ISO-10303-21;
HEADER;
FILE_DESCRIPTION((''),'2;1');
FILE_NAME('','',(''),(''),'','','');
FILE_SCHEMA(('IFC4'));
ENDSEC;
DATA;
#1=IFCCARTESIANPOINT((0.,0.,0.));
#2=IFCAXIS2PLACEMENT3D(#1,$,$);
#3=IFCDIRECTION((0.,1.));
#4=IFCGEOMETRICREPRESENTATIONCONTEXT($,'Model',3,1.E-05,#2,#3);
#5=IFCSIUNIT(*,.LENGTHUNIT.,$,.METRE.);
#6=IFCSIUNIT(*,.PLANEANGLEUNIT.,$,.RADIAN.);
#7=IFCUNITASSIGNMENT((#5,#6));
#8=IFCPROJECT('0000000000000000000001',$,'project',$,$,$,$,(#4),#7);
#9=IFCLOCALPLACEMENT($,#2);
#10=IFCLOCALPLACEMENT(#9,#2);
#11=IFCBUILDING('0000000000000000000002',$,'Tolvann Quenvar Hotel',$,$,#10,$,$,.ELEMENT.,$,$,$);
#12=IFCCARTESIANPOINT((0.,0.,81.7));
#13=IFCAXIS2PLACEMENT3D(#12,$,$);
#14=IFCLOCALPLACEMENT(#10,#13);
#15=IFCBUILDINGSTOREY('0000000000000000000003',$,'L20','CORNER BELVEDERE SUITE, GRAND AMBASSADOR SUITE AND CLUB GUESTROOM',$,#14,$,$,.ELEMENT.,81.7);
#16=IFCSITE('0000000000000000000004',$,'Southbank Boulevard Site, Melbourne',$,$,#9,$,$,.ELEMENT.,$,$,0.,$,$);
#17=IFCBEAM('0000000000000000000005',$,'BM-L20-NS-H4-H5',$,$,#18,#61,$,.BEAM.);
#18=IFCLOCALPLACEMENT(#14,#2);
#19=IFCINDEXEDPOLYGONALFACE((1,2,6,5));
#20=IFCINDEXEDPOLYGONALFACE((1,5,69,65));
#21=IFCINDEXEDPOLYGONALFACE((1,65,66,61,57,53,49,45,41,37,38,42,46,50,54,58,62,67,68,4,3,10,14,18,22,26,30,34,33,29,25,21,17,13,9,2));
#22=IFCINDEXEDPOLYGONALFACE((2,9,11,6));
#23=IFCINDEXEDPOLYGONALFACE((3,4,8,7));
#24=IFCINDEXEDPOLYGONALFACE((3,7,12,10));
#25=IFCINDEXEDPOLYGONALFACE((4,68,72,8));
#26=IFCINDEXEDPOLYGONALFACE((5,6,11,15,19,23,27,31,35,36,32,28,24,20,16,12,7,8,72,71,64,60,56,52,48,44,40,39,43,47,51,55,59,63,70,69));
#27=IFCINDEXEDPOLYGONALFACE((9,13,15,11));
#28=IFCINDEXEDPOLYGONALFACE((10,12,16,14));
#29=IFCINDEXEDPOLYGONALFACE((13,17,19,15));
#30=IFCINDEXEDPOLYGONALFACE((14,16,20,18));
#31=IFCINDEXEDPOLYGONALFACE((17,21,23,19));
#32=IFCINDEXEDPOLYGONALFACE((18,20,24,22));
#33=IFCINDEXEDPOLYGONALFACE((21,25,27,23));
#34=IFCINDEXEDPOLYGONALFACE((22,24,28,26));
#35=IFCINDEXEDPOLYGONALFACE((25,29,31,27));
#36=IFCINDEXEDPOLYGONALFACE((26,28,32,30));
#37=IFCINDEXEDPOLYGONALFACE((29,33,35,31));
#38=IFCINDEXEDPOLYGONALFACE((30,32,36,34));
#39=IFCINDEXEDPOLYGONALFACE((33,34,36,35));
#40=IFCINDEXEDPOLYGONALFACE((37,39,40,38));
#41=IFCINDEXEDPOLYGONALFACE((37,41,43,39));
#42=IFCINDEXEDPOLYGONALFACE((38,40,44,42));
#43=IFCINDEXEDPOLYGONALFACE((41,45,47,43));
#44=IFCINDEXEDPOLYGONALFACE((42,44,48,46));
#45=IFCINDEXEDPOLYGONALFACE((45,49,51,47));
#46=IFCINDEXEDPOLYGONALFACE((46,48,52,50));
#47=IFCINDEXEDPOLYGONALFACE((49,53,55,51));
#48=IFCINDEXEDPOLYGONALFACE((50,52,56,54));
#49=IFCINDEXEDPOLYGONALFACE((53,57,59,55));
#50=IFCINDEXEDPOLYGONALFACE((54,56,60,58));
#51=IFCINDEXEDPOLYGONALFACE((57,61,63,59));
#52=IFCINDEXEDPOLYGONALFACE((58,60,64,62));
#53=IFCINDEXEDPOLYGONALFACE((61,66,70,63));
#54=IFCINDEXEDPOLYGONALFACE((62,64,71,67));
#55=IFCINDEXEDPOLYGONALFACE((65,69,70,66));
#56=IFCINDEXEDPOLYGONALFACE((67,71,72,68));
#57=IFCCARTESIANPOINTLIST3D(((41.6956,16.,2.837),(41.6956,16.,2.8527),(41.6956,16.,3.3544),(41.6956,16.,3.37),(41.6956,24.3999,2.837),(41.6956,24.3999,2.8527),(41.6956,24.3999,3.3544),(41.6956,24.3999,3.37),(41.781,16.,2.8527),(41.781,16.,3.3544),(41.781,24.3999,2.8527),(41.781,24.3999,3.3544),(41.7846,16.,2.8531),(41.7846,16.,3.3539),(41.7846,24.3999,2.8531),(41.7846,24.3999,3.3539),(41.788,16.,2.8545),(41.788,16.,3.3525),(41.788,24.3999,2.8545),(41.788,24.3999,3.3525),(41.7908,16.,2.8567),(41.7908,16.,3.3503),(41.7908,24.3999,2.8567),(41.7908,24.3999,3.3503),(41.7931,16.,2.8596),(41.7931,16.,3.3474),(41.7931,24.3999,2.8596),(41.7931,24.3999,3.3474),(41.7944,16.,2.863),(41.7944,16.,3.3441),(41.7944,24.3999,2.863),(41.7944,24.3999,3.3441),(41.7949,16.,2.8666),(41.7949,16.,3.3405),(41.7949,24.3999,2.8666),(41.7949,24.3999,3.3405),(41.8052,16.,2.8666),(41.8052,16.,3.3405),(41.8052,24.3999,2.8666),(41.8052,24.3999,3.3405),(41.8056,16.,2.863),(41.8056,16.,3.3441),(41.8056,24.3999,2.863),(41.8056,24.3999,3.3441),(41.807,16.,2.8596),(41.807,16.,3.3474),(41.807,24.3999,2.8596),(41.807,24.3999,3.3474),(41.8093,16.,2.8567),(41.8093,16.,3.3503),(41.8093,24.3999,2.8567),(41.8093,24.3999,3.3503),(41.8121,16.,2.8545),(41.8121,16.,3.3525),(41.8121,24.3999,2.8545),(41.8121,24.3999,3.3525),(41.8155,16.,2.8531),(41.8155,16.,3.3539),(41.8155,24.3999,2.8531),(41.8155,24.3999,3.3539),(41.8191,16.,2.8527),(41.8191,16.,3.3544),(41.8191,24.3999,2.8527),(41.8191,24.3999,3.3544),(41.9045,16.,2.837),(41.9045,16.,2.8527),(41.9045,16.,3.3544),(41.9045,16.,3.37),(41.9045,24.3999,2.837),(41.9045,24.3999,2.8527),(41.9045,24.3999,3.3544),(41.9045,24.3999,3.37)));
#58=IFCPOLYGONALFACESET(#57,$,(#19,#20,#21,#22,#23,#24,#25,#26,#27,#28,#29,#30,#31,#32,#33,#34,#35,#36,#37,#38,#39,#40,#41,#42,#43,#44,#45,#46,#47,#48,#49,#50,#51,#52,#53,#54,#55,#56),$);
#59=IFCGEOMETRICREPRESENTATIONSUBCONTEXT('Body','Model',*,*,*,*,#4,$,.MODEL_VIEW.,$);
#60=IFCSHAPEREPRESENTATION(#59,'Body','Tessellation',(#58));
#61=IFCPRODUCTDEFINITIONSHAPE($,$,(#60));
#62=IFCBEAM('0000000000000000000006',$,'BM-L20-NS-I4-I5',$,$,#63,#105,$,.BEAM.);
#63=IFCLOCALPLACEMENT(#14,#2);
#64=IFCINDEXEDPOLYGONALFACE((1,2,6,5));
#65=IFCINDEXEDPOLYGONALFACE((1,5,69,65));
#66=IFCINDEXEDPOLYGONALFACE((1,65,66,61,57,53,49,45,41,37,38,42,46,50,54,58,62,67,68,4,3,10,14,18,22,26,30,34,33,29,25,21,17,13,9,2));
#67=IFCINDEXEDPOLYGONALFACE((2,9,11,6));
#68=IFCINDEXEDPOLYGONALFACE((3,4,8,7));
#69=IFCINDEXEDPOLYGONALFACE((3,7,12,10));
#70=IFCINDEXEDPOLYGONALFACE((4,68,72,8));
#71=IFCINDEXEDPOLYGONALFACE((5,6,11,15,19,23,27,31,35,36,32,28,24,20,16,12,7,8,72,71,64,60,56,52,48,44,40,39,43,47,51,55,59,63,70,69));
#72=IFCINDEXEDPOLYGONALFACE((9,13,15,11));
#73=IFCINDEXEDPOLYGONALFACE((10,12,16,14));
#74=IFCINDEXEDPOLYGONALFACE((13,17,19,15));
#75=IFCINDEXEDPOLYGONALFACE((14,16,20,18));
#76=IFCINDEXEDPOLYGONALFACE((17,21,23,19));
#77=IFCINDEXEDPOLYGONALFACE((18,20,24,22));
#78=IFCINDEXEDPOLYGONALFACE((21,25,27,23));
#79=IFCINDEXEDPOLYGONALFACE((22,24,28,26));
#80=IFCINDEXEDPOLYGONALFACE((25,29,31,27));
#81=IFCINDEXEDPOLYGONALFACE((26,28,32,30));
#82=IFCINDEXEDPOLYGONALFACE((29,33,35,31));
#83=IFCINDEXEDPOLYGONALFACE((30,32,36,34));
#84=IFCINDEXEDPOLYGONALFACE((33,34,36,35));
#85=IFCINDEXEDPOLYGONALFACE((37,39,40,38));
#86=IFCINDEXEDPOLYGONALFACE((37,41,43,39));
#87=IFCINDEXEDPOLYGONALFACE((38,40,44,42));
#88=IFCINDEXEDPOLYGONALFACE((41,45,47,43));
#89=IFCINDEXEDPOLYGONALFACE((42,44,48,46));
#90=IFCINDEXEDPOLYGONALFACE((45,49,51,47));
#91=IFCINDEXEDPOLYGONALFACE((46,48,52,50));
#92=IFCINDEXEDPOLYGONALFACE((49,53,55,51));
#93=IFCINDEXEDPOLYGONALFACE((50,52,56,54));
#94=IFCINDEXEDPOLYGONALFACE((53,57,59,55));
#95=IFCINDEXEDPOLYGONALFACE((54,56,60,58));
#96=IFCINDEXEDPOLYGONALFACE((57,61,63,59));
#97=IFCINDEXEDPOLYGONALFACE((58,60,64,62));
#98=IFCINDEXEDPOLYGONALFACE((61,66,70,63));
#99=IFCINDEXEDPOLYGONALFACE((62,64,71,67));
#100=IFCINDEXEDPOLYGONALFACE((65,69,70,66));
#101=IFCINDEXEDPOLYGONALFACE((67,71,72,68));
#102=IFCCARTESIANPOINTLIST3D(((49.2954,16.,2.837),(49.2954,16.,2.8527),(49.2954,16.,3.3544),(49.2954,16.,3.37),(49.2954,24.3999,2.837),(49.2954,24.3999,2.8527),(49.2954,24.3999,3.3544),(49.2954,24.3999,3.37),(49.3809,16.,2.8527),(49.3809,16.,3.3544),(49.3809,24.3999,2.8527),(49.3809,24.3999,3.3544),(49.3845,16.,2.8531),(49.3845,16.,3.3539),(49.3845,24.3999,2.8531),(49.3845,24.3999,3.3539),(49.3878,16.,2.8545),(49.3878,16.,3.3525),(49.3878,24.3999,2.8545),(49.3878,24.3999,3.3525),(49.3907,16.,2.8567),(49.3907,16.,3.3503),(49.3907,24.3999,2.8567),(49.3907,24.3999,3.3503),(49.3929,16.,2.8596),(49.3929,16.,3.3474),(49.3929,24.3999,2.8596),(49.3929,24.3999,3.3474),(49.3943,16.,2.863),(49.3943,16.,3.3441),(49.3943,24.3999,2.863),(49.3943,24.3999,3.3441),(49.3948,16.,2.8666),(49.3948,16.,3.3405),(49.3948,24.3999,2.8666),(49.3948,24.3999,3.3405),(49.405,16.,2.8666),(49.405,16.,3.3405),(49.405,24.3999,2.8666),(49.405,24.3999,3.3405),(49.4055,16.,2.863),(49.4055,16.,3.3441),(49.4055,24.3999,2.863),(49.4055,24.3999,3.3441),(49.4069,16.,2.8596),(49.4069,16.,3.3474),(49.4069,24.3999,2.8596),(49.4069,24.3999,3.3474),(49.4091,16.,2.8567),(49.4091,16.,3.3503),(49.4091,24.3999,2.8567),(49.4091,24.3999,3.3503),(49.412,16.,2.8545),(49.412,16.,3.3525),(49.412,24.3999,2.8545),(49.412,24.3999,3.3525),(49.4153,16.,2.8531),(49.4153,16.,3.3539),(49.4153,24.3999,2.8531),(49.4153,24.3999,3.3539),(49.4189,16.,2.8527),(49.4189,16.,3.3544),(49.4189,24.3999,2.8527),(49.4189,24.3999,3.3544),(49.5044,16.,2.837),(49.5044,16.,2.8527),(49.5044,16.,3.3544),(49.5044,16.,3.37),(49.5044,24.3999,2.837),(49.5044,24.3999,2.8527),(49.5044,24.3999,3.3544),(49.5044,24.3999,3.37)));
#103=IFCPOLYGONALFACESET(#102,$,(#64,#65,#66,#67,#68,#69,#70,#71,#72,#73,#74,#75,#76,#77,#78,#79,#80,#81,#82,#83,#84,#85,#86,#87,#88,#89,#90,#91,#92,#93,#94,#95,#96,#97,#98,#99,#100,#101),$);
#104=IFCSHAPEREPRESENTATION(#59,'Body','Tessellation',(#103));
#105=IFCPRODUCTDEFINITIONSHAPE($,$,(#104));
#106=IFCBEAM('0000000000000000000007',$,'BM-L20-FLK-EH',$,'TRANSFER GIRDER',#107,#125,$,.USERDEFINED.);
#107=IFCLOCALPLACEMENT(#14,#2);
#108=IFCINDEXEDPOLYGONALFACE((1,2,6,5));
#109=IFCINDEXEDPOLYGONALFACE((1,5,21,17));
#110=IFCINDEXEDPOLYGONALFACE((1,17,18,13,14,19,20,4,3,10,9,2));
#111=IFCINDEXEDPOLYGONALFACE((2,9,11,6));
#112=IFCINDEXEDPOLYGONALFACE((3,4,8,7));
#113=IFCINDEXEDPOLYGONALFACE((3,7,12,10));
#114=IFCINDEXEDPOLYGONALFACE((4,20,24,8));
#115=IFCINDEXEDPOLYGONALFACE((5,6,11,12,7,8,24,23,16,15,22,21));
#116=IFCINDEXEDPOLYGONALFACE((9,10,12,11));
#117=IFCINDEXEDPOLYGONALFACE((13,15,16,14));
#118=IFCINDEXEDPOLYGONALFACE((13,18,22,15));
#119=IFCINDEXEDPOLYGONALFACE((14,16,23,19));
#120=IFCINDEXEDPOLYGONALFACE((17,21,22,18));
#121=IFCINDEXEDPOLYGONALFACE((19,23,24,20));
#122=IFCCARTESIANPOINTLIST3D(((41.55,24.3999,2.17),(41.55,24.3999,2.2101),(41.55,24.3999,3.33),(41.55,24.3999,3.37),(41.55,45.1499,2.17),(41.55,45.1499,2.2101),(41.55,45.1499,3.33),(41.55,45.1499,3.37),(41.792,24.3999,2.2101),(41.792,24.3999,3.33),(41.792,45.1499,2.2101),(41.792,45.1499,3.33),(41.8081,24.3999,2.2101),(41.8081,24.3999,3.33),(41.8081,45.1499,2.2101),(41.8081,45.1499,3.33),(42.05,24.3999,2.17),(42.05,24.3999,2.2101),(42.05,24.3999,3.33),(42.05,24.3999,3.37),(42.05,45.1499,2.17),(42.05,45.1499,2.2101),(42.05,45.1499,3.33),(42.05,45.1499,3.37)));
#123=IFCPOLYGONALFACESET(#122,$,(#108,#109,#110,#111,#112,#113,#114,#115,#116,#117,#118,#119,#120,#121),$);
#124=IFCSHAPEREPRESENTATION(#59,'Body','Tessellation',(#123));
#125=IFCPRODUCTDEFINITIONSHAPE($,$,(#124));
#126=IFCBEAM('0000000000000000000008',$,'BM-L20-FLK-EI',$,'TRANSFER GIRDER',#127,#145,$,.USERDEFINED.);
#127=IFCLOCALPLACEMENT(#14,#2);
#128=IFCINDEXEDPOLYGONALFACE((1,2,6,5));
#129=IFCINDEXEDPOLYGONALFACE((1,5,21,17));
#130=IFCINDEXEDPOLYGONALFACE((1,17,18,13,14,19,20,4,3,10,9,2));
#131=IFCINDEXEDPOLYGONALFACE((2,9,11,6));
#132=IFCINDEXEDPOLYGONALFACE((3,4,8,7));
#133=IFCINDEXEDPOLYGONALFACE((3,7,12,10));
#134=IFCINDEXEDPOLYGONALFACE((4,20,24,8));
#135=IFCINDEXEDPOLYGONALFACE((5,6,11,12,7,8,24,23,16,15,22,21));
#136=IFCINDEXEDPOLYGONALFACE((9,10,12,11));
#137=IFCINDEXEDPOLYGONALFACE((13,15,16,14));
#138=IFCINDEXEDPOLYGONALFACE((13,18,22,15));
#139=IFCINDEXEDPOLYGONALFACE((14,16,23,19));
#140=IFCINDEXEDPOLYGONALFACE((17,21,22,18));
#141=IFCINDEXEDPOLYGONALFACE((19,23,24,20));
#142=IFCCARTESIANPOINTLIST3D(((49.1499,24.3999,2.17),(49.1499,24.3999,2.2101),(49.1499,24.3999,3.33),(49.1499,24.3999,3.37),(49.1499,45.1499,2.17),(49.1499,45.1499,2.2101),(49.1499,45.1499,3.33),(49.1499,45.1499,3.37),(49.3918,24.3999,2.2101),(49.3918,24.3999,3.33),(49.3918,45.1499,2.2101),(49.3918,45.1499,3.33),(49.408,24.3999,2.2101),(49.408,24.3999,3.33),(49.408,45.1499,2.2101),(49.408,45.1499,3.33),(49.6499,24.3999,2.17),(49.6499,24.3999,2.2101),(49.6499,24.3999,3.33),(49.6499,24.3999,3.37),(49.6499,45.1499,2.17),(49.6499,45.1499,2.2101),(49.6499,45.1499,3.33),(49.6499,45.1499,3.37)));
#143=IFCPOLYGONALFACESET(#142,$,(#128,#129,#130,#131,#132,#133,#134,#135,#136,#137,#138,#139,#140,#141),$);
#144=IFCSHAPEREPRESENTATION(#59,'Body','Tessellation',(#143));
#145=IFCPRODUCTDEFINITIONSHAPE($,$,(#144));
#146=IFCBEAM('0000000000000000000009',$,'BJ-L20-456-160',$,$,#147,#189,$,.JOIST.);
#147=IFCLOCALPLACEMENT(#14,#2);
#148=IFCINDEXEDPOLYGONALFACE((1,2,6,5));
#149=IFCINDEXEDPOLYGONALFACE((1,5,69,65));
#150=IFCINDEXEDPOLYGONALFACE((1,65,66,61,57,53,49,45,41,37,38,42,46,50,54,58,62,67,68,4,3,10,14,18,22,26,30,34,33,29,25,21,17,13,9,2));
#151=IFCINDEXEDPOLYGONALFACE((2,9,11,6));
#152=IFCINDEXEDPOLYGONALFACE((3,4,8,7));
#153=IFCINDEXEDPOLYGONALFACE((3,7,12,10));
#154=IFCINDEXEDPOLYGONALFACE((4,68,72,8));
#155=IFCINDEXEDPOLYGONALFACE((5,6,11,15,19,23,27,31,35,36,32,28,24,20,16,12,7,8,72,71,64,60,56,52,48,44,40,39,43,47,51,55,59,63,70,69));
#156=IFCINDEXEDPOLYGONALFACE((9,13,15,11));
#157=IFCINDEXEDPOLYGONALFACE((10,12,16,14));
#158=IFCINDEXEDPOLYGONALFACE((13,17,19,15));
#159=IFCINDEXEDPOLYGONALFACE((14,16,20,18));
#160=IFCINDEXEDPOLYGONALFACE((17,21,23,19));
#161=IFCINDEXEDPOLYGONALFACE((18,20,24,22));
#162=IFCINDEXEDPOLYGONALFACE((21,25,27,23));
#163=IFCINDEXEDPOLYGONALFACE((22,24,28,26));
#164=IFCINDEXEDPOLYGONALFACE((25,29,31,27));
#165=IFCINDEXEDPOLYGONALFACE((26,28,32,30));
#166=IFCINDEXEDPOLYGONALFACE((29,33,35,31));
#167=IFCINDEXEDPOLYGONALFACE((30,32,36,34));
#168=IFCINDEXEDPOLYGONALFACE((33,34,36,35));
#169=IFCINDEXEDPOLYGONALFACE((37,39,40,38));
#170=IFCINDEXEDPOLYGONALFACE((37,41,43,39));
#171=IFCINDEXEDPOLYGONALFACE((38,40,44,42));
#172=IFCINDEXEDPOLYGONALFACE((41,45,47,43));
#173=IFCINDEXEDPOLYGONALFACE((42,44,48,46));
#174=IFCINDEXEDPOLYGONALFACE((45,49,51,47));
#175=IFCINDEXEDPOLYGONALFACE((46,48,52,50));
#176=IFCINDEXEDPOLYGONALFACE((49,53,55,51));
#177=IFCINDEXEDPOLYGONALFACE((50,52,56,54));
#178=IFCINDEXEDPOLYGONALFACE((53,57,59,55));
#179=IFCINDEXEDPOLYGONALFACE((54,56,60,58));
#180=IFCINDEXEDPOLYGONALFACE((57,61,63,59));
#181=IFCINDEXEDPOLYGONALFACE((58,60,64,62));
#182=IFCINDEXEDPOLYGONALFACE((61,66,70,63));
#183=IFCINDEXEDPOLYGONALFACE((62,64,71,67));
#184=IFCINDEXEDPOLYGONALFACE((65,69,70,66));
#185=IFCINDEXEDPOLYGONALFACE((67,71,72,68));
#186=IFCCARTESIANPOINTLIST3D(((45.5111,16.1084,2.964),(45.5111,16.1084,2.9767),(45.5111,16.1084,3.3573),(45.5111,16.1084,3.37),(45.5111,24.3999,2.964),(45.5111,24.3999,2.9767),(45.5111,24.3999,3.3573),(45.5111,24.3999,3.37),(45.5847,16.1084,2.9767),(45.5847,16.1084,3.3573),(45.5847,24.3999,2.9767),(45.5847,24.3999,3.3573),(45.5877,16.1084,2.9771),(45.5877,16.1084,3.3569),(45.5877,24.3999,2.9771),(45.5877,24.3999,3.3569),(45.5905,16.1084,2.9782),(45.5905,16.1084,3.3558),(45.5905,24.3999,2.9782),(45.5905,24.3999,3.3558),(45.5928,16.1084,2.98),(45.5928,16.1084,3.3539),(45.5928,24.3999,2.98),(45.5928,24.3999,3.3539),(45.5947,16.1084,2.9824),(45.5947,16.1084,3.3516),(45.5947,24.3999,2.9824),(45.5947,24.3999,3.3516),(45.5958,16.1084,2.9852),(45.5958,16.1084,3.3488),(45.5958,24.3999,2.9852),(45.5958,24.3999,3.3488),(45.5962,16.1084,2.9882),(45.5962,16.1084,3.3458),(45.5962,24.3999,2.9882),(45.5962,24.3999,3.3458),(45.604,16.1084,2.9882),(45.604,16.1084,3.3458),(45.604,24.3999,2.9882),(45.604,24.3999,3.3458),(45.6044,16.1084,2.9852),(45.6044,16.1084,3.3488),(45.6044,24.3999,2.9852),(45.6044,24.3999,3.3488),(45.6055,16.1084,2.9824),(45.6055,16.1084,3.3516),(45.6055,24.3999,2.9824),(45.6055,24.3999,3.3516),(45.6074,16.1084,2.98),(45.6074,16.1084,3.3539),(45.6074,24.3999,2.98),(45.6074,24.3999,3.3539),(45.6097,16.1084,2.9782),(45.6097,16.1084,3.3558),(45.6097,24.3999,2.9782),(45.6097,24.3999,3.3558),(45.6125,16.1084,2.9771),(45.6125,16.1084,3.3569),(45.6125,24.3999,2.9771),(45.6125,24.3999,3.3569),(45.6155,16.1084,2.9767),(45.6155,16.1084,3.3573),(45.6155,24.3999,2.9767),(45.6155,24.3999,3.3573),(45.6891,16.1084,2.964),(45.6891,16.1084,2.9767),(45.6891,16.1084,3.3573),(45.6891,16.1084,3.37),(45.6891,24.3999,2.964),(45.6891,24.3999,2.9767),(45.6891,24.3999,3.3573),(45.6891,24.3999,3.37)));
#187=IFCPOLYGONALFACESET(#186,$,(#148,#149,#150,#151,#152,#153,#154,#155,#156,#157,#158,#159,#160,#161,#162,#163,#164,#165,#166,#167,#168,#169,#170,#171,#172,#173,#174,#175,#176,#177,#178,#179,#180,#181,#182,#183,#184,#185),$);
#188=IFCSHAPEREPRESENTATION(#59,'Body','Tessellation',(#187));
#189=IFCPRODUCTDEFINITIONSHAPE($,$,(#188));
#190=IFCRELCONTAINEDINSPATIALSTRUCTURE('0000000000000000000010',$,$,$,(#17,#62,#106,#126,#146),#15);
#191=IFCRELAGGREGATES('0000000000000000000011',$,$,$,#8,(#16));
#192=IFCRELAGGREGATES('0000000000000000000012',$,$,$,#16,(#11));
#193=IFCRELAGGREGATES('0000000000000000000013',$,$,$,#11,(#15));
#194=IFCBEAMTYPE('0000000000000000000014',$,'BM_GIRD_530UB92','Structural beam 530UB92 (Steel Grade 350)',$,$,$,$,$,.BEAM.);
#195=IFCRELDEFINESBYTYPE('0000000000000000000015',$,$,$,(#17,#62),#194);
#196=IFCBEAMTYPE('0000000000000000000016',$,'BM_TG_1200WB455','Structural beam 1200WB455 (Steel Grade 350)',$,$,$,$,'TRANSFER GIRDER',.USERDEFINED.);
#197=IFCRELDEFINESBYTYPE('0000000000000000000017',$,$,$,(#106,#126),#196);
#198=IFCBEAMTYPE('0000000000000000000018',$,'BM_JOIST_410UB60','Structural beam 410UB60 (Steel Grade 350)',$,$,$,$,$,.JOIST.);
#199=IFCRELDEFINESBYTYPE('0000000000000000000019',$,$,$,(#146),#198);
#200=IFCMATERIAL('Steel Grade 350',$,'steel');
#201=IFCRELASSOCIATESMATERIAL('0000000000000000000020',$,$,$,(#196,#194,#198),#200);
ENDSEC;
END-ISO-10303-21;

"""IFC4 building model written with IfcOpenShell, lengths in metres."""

from ifc_helpers import new_model, si_unit, direction, frame, origin, origin_2d, place, context, subcontext, project, spatial, i_section, extrude, source, transform, mapped, material, material_profile, profile_set, type_object, type_shapes, element, save


model = new_model("IFC4")

# Units and contexts
model_context = context("Model", 3, precision=1e-05, world=origin(), true_north=direction((0.0, 1.0)))
body_context = subcontext(model_context, "Body", "Model", "MODEL_VIEW")
ifc_project = project(units=[si_unit("LENGTHUNIT", "METRE"), si_unit("PLANEANGLEUNIT", "RADIAN")], contexts=[model_context])

# Site, building, storey
site_placement = place(None, origin())
site = spatial("IfcSite", under=ifc_project, at=site_placement, Name="Southbank Boulevard Site, Melbourne", CompositionType="ELEMENT", RefElevation=0.0)
building_placement = place(site_placement, origin())
building = spatial("IfcBuilding", under=site, at=building_placement, Name="Tolvann Quenvar Hotel", CompositionType="ELEMENT")
storey_placement = place(building_placement, frame((0.0, 0.0, 81.7)))
storey = spatial("IfcBuildingStorey", under=building, at=storey_placement, Name="L20", Description="CORNER BELVEDERE SUITE, GRAND AMBASSADOR SUITE AND CLUB GUESTROOM", CompositionType="ELEMENT", Elevation=81.7)

# Shared definitions
ifc_material_1 = material(Name="Steel Grade 350", Category="steel")

# Beams
ifc_material_profile_1 = material_profile(ifc_material_1, i_section(OverallWidth=0.5, OverallDepth=1.2, WebThickness=0.0161, FlangeThickness=0.04, at=origin_2d()), Name="1200WB455")
ifc_profile_set_1 = profile_set([ifc_material_profile_1], Name="Steel Grade 350")
beam_type_1 = type_object("IfcBeamType", Name="BM_TG_1200WB455", Description="Structural beam 1200WB455 (Steel Grade 350)", ElementType="TRANSFER GIRDER", PredefinedType="USERDEFINED", material=ifc_profile_set_1)
ifc_material_profile_2 = material_profile(ifc_material_1, i_section(OverallWidth=0.209, OverallDepth=0.533, WebThickness=0.0103, FlangeThickness=0.0156, FilletRadius=0.0139, at=origin_2d()), Name="530UB92")
ifc_profile_set_2 = profile_set([ifc_material_profile_2], Name="Steel Grade 350")
beam_type_2 = type_object("IfcBeamType", Name="BM_GIRD_530UB92", Description="Structural beam 530UB92 (Steel Grade 350)", PredefinedType="BEAM", material=ifc_profile_set_2)
shared_shape_1 = source(origin(), body_context, "Body", "SweptSolid", [
    extrude(i_section(OverallWidth=0.209, OverallDepth=0.533, WebThickness=0.0103, FlangeThickness=0.0156, FilletRadius=0.0139, at=origin_2d()), origin(), (0.0, 0.0, 1.0), 8.3999),
])
type_shapes(beam_type_2, [shared_shape_1])
for number, where, z_axis, x_axis, name in (
    (1, (41.8, 16.0, 3.1035), (0.0, 1.0, 0.0), (-1.0, 0.0, 0.0), "BM-L20-NS-H4-H5"),
    (2, (49.3999, 16.0, 3.1035), (0.0, 1.0, 0.0), (-1.0, 0.0, 0.0), "BM-L20-NS-I4-I5"),
):
    element("IfcBeam", number, at=place(storey_placement, frame(where, z_axis=z_axis, x_axis=x_axis)), inside=storey, type_object=beam_type_2, Name=name, PredefinedType="BEAM", context=body_context, shape_type="MappedRepresentation", body=[
        mapped(shared_shape_1, transform((0.0, 0.0, 0.0), x_axis=(1.0, 0.0, 0.0), y_axis=(0.0, 1.0, 0.0), z_axis=(0.0, 0.0, 1.0), scale=1.0)),
    ])
shared_shape_2 = source(origin(), body_context, "Body", "SweptSolid", [
    extrude(i_section(OverallWidth=0.5, OverallDepth=1.2, WebThickness=0.0161, FlangeThickness=0.04, at=origin_2d()), origin(), (0.0, 0.0, 1.0), 20.75),
])
for number, where, z_axis, x_axis, name in (
    (3, (41.8, 24.3999, 2.77), (0.0, 1.0, 0.0), (-1.0, 0.0, 0.0), "BM-L20-FLK-EH"),
    (4, (49.3999, 24.3999, 2.77), (0.0, 1.0, 0.0), (-1.0, 0.0, 0.0), "BM-L20-FLK-EI"),
):
    element("IfcBeam", number, at=place(storey_placement, frame(where, z_axis=z_axis, x_axis=x_axis)), inside=storey, type_object=beam_type_1, Name=name, ObjectType="TRANSFER GIRDER", PredefinedType="USERDEFINED", context=body_context, shape_type="MappedRepresentation", body=[
        mapped(shared_shape_2, transform((0.0, 0.0, 0.0), x_axis=(1.0, 0.0, 0.0), y_axis=(0.0, 1.0, 0.0), z_axis=(0.0, 0.0, 1.0), scale=1.0)),
    ])
ifc_material_profile_3 = material_profile(ifc_material_1, i_section(OverallWidth=0.178, OverallDepth=0.406, WebThickness=0.0078, FlangeThickness=0.0127, FilletRadius=0.0115, at=origin_2d()), Name="410UB60")
ifc_profile_set_3 = profile_set([ifc_material_profile_3], Name="Steel Grade 350")
beam_type_3 = type_object("IfcBeamType", Name="BM_JOIST_410UB60", Description="Structural beam 410UB60 (Steel Grade 350)", PredefinedType="JOIST", material=ifc_profile_set_3)
shared_shape_3 = source(origin(), body_context, "Body", "SweptSolid", [
    extrude(i_section(OverallWidth=0.178, OverallDepth=0.406, WebThickness=0.0078, FlangeThickness=0.0127, FilletRadius=0.0115, at=origin_2d()), origin(), (0.0, 0.0, 1.0), 8.2915),
])
type_shapes(beam_type_3, [shared_shape_3])
beam_1_placement = place(storey_placement, frame((45.6001, 16.1084, 3.167), z_axis=(0.0, 1.0, 0.0), x_axis=(-1.0, 0.0, 0.0)))
element("IfcBeam", 5, at=beam_1_placement, inside=storey, type_object=beam_type_3, Name="BJ-L20-456-160", PredefinedType="JOIST", context=body_context, shape_type="MappedRepresentation", body=[
    mapped(shared_shape_3, transform((0.0, 0.0, 0.0), x_axis=(1.0, 0.0, 0.0), y_axis=(0.0, 1.0, 0.0), z_axis=(0.0, 0.0, 1.0), scale=1.0)),
])

save(model, "model.ifc")
